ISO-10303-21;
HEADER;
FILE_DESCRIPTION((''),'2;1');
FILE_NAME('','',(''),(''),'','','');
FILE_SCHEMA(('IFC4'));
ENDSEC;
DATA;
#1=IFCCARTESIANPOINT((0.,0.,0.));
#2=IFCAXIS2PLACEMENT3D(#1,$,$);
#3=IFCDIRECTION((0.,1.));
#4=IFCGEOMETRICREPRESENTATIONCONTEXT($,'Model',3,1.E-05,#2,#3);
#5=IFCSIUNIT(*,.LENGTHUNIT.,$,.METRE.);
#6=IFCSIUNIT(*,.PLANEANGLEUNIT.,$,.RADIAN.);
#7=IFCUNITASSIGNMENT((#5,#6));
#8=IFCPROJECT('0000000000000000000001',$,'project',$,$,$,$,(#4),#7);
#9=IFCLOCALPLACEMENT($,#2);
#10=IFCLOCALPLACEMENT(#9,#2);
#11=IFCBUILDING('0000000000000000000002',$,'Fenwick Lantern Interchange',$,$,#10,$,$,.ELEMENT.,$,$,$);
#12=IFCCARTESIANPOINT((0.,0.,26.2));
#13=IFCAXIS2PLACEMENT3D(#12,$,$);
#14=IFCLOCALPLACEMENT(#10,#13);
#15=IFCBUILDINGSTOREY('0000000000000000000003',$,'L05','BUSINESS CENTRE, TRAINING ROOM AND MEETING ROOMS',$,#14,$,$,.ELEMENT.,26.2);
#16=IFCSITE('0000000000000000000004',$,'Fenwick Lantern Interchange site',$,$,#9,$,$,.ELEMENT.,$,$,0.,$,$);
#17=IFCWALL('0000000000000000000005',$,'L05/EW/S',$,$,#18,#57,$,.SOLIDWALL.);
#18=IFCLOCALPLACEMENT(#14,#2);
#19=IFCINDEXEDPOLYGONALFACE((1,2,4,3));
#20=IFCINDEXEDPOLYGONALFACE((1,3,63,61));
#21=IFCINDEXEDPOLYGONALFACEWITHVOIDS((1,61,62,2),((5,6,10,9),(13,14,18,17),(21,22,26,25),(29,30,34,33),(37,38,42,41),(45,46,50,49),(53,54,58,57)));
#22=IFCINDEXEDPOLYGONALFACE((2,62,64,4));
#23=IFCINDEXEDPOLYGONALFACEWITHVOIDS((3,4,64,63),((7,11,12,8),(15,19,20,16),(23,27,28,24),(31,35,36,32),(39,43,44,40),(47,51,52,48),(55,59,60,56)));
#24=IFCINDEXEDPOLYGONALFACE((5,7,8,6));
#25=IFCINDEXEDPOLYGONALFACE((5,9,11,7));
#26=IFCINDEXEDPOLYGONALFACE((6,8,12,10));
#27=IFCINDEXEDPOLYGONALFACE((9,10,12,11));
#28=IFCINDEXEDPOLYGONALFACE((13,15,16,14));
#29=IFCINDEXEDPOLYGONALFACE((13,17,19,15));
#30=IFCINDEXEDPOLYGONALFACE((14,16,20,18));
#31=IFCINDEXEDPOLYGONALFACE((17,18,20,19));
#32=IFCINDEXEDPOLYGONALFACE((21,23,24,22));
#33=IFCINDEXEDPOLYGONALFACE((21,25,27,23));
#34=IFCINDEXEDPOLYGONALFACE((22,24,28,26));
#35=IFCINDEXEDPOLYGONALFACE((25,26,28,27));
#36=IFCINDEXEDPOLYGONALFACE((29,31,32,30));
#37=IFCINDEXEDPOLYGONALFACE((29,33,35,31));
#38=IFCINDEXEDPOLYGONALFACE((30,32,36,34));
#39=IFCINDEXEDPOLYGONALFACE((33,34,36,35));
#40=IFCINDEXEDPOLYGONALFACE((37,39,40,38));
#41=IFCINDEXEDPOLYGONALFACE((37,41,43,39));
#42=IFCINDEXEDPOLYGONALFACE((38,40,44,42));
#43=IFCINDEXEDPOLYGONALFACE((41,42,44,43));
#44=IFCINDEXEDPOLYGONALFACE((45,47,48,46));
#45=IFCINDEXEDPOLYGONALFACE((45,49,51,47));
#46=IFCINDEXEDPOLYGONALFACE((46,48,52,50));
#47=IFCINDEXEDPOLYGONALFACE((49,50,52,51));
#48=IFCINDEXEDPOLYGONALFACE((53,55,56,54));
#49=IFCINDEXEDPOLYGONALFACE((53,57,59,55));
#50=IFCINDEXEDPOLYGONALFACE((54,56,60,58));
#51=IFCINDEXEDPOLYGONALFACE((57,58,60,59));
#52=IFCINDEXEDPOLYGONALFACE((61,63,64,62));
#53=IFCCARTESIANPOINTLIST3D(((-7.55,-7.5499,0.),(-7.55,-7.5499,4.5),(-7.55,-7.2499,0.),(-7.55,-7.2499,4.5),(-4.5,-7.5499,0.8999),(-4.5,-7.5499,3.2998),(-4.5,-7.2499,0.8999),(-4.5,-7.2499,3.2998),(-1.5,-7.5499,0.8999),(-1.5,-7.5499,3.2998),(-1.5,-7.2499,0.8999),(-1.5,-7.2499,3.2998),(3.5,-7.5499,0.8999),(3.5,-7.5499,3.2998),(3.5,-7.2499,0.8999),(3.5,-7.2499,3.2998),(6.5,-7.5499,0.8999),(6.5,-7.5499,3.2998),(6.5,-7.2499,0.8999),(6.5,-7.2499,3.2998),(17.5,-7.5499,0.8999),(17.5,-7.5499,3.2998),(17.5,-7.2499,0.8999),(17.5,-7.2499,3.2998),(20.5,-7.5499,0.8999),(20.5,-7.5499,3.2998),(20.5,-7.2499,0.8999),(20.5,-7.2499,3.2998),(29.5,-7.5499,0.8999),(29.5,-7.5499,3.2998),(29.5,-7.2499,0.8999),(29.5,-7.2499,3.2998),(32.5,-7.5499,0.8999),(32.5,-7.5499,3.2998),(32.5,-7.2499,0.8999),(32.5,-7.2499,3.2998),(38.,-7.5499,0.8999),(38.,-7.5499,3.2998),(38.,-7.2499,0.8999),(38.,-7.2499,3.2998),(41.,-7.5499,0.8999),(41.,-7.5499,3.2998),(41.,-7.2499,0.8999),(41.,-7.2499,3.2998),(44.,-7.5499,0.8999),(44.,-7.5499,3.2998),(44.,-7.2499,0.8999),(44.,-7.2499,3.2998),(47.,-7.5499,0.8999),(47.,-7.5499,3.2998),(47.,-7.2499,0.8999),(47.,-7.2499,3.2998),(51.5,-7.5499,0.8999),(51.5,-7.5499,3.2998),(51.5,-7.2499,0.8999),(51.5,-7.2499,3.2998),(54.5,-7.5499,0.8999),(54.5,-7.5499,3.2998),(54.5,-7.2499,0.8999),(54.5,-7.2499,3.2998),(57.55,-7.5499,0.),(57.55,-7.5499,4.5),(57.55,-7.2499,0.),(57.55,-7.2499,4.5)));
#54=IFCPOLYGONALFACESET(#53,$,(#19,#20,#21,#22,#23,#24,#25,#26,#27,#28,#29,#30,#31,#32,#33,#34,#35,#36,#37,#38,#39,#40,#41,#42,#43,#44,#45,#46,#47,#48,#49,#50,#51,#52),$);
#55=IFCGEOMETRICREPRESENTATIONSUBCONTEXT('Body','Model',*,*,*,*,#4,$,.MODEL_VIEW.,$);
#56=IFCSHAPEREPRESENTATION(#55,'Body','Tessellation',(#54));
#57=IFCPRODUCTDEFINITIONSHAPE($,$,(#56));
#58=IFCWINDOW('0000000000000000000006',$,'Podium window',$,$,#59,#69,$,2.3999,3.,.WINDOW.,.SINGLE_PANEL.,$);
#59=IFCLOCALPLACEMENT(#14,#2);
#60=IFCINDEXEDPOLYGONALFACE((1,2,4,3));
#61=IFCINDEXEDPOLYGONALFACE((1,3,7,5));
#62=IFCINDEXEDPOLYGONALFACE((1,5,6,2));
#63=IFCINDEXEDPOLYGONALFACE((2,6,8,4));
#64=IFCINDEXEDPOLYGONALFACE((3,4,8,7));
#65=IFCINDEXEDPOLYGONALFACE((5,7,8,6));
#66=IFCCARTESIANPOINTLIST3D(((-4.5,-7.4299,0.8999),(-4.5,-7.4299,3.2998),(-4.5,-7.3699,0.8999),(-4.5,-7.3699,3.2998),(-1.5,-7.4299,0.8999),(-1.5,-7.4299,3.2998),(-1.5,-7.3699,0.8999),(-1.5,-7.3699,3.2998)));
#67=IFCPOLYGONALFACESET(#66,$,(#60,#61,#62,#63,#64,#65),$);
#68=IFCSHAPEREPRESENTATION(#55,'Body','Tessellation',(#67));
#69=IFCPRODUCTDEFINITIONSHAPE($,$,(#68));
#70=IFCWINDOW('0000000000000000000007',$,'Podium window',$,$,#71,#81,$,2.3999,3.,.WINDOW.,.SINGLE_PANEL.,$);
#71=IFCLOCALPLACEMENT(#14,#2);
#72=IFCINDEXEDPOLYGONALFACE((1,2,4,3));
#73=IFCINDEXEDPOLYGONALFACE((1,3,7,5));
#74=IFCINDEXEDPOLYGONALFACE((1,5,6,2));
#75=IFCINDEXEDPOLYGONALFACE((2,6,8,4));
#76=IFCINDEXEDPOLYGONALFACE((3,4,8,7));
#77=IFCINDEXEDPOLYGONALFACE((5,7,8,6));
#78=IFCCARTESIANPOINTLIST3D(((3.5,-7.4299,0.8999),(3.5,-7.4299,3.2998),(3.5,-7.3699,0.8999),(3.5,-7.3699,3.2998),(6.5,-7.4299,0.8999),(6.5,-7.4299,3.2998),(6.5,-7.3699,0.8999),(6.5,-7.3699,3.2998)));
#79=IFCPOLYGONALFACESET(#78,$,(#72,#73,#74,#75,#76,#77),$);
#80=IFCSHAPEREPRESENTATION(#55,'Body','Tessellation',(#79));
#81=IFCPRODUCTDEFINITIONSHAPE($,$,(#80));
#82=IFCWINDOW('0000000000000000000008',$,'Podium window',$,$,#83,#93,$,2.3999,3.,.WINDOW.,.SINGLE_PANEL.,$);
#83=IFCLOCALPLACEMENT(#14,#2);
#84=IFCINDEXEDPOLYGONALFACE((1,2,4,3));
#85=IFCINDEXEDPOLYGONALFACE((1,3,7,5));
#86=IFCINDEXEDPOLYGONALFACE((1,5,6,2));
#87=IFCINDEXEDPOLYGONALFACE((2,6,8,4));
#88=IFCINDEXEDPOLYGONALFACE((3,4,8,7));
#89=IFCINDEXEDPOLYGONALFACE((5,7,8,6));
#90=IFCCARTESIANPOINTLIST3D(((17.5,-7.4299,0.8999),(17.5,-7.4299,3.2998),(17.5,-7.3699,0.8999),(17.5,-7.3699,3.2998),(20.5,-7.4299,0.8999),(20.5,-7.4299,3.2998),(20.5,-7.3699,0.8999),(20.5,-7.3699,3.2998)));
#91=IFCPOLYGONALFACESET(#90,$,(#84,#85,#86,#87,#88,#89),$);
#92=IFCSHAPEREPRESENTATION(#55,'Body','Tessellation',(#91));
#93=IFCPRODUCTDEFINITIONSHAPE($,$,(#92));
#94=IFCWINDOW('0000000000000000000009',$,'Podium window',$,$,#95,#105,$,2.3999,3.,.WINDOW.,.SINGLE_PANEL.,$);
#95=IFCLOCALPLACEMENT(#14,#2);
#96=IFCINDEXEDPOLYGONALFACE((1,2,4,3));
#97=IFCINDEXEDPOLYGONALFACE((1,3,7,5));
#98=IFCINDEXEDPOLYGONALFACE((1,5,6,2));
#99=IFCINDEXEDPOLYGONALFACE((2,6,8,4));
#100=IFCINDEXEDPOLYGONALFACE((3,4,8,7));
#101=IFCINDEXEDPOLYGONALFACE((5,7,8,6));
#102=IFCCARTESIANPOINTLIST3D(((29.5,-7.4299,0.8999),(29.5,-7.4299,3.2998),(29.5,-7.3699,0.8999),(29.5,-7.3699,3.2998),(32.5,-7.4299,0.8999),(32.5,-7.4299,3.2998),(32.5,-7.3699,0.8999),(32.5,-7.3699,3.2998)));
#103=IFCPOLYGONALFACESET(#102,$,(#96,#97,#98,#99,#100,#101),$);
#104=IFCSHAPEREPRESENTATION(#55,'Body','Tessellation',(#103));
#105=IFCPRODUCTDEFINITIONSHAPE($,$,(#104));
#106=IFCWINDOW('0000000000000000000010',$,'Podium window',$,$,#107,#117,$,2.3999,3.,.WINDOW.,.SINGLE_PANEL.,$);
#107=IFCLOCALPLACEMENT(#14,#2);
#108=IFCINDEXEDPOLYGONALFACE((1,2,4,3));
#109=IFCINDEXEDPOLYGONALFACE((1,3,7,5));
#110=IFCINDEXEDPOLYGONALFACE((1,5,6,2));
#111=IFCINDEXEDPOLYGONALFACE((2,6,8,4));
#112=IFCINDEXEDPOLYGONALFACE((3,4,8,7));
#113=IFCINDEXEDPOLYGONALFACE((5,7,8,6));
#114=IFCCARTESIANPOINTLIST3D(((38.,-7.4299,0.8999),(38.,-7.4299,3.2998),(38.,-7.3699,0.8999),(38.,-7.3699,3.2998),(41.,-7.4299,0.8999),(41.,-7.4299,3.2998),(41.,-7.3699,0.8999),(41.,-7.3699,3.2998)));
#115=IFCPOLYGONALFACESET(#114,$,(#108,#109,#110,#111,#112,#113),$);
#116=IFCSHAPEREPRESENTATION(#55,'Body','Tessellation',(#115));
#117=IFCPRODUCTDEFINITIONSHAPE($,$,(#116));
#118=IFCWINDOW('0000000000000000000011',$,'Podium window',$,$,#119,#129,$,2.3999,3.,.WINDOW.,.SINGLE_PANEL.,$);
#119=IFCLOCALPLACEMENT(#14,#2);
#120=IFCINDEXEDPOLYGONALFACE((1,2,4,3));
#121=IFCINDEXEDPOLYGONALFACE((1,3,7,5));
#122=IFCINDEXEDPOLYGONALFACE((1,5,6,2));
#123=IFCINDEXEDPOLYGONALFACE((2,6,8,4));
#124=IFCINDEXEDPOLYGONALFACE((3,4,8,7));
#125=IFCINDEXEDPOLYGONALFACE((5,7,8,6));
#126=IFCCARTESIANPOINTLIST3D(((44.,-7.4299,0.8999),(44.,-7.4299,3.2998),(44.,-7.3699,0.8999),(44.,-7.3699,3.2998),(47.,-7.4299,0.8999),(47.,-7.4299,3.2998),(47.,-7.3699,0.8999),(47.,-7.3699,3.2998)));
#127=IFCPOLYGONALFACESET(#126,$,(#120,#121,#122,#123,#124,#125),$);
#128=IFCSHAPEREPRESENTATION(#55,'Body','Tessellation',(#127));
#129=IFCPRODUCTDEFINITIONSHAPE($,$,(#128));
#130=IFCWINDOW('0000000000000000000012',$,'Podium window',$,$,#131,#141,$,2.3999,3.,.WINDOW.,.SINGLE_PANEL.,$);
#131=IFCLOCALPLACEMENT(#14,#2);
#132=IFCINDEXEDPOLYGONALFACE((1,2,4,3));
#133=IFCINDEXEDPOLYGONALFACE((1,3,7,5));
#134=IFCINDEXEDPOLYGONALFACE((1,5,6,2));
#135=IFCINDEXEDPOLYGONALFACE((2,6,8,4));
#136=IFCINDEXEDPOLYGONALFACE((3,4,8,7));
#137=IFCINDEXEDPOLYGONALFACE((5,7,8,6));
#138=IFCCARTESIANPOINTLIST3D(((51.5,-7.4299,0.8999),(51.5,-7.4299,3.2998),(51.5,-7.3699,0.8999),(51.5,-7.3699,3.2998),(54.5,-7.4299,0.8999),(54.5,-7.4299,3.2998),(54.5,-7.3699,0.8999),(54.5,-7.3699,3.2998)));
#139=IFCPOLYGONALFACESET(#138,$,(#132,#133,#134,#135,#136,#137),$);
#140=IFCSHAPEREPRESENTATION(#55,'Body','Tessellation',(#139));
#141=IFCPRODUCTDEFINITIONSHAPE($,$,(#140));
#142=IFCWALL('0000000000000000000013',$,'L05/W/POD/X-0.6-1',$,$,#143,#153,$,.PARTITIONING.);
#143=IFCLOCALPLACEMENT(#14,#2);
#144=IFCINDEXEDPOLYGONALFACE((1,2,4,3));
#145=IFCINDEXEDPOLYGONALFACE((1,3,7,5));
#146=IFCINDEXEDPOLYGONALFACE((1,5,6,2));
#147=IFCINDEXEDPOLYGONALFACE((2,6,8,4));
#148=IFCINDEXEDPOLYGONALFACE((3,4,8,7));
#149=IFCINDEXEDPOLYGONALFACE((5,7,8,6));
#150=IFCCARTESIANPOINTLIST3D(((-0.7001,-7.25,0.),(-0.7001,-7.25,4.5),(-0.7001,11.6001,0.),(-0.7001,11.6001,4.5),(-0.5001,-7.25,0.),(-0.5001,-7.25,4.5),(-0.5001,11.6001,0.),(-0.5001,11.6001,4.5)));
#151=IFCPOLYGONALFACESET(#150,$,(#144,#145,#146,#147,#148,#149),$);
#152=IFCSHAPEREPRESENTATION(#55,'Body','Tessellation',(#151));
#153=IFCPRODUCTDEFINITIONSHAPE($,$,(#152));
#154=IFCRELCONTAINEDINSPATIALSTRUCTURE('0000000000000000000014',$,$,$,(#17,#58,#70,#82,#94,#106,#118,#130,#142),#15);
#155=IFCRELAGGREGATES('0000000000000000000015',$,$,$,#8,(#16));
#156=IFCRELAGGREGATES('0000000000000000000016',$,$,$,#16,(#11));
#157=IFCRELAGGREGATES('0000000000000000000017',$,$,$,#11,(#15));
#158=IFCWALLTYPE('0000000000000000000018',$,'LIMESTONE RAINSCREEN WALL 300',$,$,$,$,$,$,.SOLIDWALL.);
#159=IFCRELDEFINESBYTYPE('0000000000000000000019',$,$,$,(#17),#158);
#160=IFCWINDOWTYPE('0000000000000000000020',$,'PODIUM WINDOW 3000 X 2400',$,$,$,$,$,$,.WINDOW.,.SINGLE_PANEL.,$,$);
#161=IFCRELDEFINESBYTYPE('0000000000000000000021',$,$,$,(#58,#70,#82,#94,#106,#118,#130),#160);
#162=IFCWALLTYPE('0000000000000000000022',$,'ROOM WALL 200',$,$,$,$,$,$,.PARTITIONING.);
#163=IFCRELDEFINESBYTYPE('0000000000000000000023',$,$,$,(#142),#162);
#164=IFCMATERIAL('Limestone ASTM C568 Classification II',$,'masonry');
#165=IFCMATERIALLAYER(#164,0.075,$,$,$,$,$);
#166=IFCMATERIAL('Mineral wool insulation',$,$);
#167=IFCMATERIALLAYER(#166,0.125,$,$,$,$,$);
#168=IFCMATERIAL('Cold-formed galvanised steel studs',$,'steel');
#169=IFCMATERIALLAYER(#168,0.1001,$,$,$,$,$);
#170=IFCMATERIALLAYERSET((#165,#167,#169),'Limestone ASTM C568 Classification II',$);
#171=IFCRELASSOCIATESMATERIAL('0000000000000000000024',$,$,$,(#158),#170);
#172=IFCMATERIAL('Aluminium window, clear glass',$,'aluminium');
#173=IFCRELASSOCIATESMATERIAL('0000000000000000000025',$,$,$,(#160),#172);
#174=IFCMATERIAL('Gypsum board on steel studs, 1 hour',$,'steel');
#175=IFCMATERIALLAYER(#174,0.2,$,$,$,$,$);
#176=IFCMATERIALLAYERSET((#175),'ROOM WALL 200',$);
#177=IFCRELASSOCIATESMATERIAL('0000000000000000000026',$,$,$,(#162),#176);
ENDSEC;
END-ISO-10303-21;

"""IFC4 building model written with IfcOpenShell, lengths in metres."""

from ifc_helpers import new_model, si_unit, direction, frame, frame_2d, origin, place, context, subcontext, project, spatial, rectangle, extrude, material, layer, layer_set, type_object, element, fill, save


model = new_model("IFC4")

# Units and contexts
model_context = context("Model", 3, precision=1e-05, world=origin(), true_north=direction((0.0, 1.0)))
body_context = subcontext(model_context, "Body", "Model", "MODEL_VIEW")
ifc_project = project(units=[si_unit("LENGTHUNIT", "METRE"), si_unit("PLANEANGLEUNIT", "RADIAN")], contexts=[model_context])

# Site, building, storey
site_placement = place(None, origin())
site = spatial("IfcSite", under=ifc_project, at=site_placement, Name="Fenwick Lantern Interchange site", CompositionType="ELEMENT", RefElevation=0.0)
building_placement = place(site_placement, origin())
building = spatial("IfcBuilding", under=site, at=building_placement, Name="Fenwick Lantern Interchange", CompositionType="ELEMENT")
storey_placement = place(building_placement, frame((0.0, 0.0, 26.2)))
storey = spatial("IfcBuildingStorey", under=building, at=storey_placement, Name="L05", Description="BUSINESS CENTRE, TRAINING ROOM AND MEETING ROOMS", CompositionType="ELEMENT", Elevation=26.2)

# Wall, openings, windows
ifc_material_1 = material(Name="Limestone ASTM C568 Classification II", Category="masonry")
ifc_layer_1 = layer(ifc_material_1, 0.075)
ifc_material_2 = material(Name="Mineral wool insulation")
ifc_layer_2 = layer(ifc_material_2, 0.125)
ifc_material_3 = material(Name="Cold-formed galvanised steel studs", Category="steel")
ifc_layer_3 = layer(ifc_material_3, 0.1001)
ifc_layer_set_1 = layer_set([ifc_layer_1, ifc_layer_2, ifc_layer_3], Name="Limestone ASTM C568 Classification II")
wall_type_1 = type_object("IfcWallType", Name="LIMESTONE RAINSCREEN WALL 300", PredefinedType="SOLIDWALL", material=ifc_layer_set_1)
wall_1_placement = place(storey_placement, frame((-7.55, -7.3999, 0.0), z_axis=(0.0, 0.0, 1.0), x_axis=(1.0, 0.0, 0.0)))
wall_1 = element("IfcWall", 1, at=wall_1_placement, inside=storey, type_object=wall_type_1, Name="L05/EW/S", PredefinedType="SOLIDWALL", context=body_context, shape_type="SweptSolid", body=[
    extrude(rectangle(XDim=65.1001, YDim=0.3, at=frame_2d((32.55, 0.0))), origin(), (0.0, 0.0, 1.0), 4.5),
])
opening_1_placement = place(wall_1_placement, frame((3.05, 0.0, 0.8999)))
opening_1 = element("IfcOpeningElement", 2, at=opening_1_placement, cuts=wall_1, PredefinedType="OPENING", context=body_context, shape_type="SweptSolid", body=[
    extrude(rectangle(XDim=3.0, YDim=2.3999, at=frame_2d((1.5, 1.2))), frame((0.0, 0.1599, 0.0), z_axis=(0.0, -1.0, 0.0), x_axis=(1.0, 0.0, 0.0)), (0.0, 0.0, 1.0), 0.3201),
])
opening_2_placement = place(wall_1_placement, frame((11.05, 0.0, 0.8999)))
opening_2 = element("IfcOpeningElement", 3, at=opening_2_placement, cuts=wall_1, PredefinedType="OPENING", context=body_context, shape_type="SweptSolid", body=[
    extrude(rectangle(XDim=3.0, YDim=2.3999, at=frame_2d((1.5, 1.2))), frame((0.0, 0.1599, 0.0), z_axis=(0.0, -1.0, 0.0), x_axis=(1.0, 0.0, 0.0)), (0.0, 0.0, 1.0), 0.3201),
])
opening_3_placement = place(wall_1_placement, frame((25.05, 0.0, 0.8999)))
opening_3 = element("IfcOpeningElement", 4, at=opening_3_placement, cuts=wall_1, PredefinedType="OPENING", context=body_context, shape_type="SweptSolid", body=[
    extrude(rectangle(XDim=3.0, YDim=2.3999, at=frame_2d((1.5, 1.2))), frame((0.0, 0.1599, 0.0), z_axis=(0.0, -1.0, 0.0), x_axis=(1.0, 0.0, 0.0)), (0.0, 0.0, 1.0), 0.3201),
])
opening_4_placement = place(wall_1_placement, frame((37.05, 0.0, 0.8999)))
opening_4 = element("IfcOpeningElement", 5, at=opening_4_placement, cuts=wall_1, PredefinedType="OPENING", context=body_context, shape_type="SweptSolid", body=[
    extrude(rectangle(XDim=3.0, YDim=2.3999, at=frame_2d((1.5, 1.2))), frame((0.0, 0.1599, 0.0), z_axis=(0.0, -1.0, 0.0), x_axis=(1.0, 0.0, 0.0)), (0.0, 0.0, 1.0), 0.3201),
])
opening_5_placement = place(wall_1_placement, frame((45.55, 0.0, 0.8999)))
opening_5 = element("IfcOpeningElement", 6, at=opening_5_placement, cuts=wall_1, PredefinedType="OPENING", context=body_context, shape_type="SweptSolid", body=[
    extrude(rectangle(XDim=3.0, YDim=2.3999, at=frame_2d((1.5, 1.2))), frame((0.0, 0.1599, 0.0), z_axis=(0.0, -1.0, 0.0), x_axis=(1.0, 0.0, 0.0)), (0.0, 0.0, 1.0), 0.3201),
])
opening_6_placement = place(wall_1_placement, frame((51.55, 0.0, 0.8999)))
opening_6 = element("IfcOpeningElement", 7, at=opening_6_placement, cuts=wall_1, PredefinedType="OPENING", context=body_context, shape_type="SweptSolid", body=[
    extrude(rectangle(XDim=3.0, YDim=2.3999, at=frame_2d((1.5, 1.2))), frame((0.0, 0.1599, 0.0), z_axis=(0.0, -1.0, 0.0), x_axis=(1.0, 0.0, 0.0)), (0.0, 0.0, 1.0), 0.3201),
])
opening_7_placement = place(wall_1_placement, frame((59.05, 0.0, 0.8999)))
opening_7 = element("IfcOpeningElement", 8, at=opening_7_placement, cuts=wall_1, PredefinedType="OPENING", context=body_context, shape_type="SweptSolid", body=[
    extrude(rectangle(XDim=3.0, YDim=2.3999, at=frame_2d((1.5, 1.2))), frame((0.0, 0.1599, 0.0), z_axis=(0.0, -1.0, 0.0), x_axis=(1.0, 0.0, 0.0)), (0.0, 0.0, 1.0), 0.3201),
])
ifc_material_4 = material(Name="Aluminium window, clear glass", Category="aluminium")
window_type = type_object("IfcWindowType", Name="PODIUM WINDOW 3000 X 2400", PartitioningType="SINGLE_PANEL", PredefinedType="WINDOW", material=ifc_material_4)
window_1_placement = place(opening_1_placement, origin())
window_1 = element("IfcWindow", 9, at=window_1_placement, inside=storey, type_object=window_type, Name="Podium window", OverallHeight=2.3999, OverallWidth=3.0, PartitioningType="SINGLE_PANEL", PredefinedType="WINDOW", context=body_context, shape_type="SweptSolid", body=[
    extrude(rectangle(XDim=3.0, YDim=2.3999, at=frame_2d((1.5, 1.2))), frame((0.0, 0.03, 0.0), z_axis=(0.0, -1.0, 0.0), x_axis=(1.0, 0.0, 0.0)), (0.0, 0.0, 1.0), 0.0601),
])
fill(opening_1, window_1)
window_2_placement = place(opening_2_placement, origin())
window_2 = element("IfcWindow", 10, at=window_2_placement, inside=storey, type_object=window_type, Name="Podium window", OverallHeight=2.3999, OverallWidth=3.0, PartitioningType="SINGLE_PANEL", PredefinedType="WINDOW", context=body_context, shape_type="SweptSolid", body=[
    extrude(rectangle(XDim=3.0, YDim=2.3999, at=frame_2d((1.5, 1.2))), frame((0.0, 0.03, 0.0), z_axis=(0.0, -1.0, 0.0), x_axis=(1.0, 0.0, 0.0)), (0.0, 0.0, 1.0), 0.0601),
])
fill(opening_2, window_2)
window_3_placement = place(opening_3_placement, origin())
window_3 = element("IfcWindow", 11, at=window_3_placement, inside=storey, type_object=window_type, Name="Podium window", OverallHeight=2.3999, OverallWidth=3.0, PartitioningType="SINGLE_PANEL", PredefinedType="WINDOW", context=body_context, shape_type="SweptSolid", body=[
    extrude(rectangle(XDim=3.0, YDim=2.3999, at=frame_2d((1.5, 1.2))), frame((0.0, 0.03, 0.0), z_axis=(0.0, -1.0, 0.0), x_axis=(1.0, 0.0, 0.0)), (0.0, 0.0, 1.0), 0.0601),
])
fill(opening_3, window_3)
window_4_placement = place(opening_4_placement, origin())
window_4 = element("IfcWindow", 12, at=window_4_placement, inside=storey, type_object=window_type, Name="Podium window", OverallHeight=2.3999, OverallWidth=3.0, PartitioningType="SINGLE_PANEL", PredefinedType="WINDOW", context=body_context, shape_type="SweptSolid", body=[
    extrude(rectangle(XDim=3.0, YDim=2.3999, at=frame_2d((1.5, 1.2))), frame((0.0, 0.03, 0.0), z_axis=(0.0, -1.0, 0.0), x_axis=(1.0, 0.0, 0.0)), (0.0, 0.0, 1.0), 0.0601),
])
fill(opening_4, window_4)
window_5_placement = place(opening_5_placement, origin())
window_5 = element("IfcWindow", 13, at=window_5_placement, inside=storey, type_object=window_type, Name="Podium window", OverallHeight=2.3999, OverallWidth=3.0, PartitioningType="SINGLE_PANEL", PredefinedType="WINDOW", context=body_context, shape_type="SweptSolid", body=[
    extrude(rectangle(XDim=3.0, YDim=2.3999, at=frame_2d((1.5, 1.2))), frame((0.0, 0.03, 0.0), z_axis=(0.0, -1.0, 0.0), x_axis=(1.0, 0.0, 0.0)), (0.0, 0.0, 1.0), 0.0601),
])
fill(opening_5, window_5)
window_6_placement = place(opening_6_placement, origin())
window_6 = element("IfcWindow", 14, at=window_6_placement, inside=storey, type_object=window_type, Name="Podium window", OverallHeight=2.3999, OverallWidth=3.0, PartitioningType="SINGLE_PANEL", PredefinedType="WINDOW", context=body_context, shape_type="SweptSolid", body=[
    extrude(rectangle(XDim=3.0, YDim=2.3999, at=frame_2d((1.5, 1.2))), frame((0.0, 0.03, 0.0), z_axis=(0.0, -1.0, 0.0), x_axis=(1.0, 0.0, 0.0)), (0.0, 0.0, 1.0), 0.0601),
])
fill(opening_6, window_6)
window_7_placement = place(opening_7_placement, origin())
window_7 = element("IfcWindow", 15, at=window_7_placement, inside=storey, type_object=window_type, Name="Podium window", OverallHeight=2.3999, OverallWidth=3.0, PartitioningType="SINGLE_PANEL", PredefinedType="WINDOW", context=body_context, shape_type="SweptSolid", body=[
    extrude(rectangle(XDim=3.0, YDim=2.3999, at=frame_2d((1.5, 1.2))), frame((0.0, 0.03, 0.0), z_axis=(0.0, -1.0, 0.0), x_axis=(1.0, 0.0, 0.0)), (0.0, 0.0, 1.0), 0.0601),
])
fill(opening_7, window_7)

# Wall
ifc_material_5 = material(Name="Gypsum board on steel studs, 1 hour", Category="steel")
ifc_layer_4 = layer(ifc_material_5, 0.2)
ifc_layer_set_2 = layer_set([ifc_layer_4], Name="ROOM WALL 200")
wall_type_2 = type_object("IfcWallType", Name="ROOM WALL 200", PredefinedType="PARTITIONING", material=ifc_layer_set_2)
wall_2_placement = place(storey_placement, frame((-0.6001, -7.25, 0.0), z_axis=(0.0, 0.0, 1.0), x_axis=(0.0, 1.0, 0.0)))
element("IfcWall", 16, at=wall_2_placement, inside=storey, type_object=wall_type_2, Name="L05/W/POD/X-0.6-1", PredefinedType="PARTITIONING", context=body_context, shape_type="SweptSolid", body=[
    extrude(rectangle(XDim=18.8501, YDim=0.2, at=frame_2d((9.425, 0.0))), origin(), (0.0, 0.0, 1.0), 4.5),
])

save(model, "model.ifc")
